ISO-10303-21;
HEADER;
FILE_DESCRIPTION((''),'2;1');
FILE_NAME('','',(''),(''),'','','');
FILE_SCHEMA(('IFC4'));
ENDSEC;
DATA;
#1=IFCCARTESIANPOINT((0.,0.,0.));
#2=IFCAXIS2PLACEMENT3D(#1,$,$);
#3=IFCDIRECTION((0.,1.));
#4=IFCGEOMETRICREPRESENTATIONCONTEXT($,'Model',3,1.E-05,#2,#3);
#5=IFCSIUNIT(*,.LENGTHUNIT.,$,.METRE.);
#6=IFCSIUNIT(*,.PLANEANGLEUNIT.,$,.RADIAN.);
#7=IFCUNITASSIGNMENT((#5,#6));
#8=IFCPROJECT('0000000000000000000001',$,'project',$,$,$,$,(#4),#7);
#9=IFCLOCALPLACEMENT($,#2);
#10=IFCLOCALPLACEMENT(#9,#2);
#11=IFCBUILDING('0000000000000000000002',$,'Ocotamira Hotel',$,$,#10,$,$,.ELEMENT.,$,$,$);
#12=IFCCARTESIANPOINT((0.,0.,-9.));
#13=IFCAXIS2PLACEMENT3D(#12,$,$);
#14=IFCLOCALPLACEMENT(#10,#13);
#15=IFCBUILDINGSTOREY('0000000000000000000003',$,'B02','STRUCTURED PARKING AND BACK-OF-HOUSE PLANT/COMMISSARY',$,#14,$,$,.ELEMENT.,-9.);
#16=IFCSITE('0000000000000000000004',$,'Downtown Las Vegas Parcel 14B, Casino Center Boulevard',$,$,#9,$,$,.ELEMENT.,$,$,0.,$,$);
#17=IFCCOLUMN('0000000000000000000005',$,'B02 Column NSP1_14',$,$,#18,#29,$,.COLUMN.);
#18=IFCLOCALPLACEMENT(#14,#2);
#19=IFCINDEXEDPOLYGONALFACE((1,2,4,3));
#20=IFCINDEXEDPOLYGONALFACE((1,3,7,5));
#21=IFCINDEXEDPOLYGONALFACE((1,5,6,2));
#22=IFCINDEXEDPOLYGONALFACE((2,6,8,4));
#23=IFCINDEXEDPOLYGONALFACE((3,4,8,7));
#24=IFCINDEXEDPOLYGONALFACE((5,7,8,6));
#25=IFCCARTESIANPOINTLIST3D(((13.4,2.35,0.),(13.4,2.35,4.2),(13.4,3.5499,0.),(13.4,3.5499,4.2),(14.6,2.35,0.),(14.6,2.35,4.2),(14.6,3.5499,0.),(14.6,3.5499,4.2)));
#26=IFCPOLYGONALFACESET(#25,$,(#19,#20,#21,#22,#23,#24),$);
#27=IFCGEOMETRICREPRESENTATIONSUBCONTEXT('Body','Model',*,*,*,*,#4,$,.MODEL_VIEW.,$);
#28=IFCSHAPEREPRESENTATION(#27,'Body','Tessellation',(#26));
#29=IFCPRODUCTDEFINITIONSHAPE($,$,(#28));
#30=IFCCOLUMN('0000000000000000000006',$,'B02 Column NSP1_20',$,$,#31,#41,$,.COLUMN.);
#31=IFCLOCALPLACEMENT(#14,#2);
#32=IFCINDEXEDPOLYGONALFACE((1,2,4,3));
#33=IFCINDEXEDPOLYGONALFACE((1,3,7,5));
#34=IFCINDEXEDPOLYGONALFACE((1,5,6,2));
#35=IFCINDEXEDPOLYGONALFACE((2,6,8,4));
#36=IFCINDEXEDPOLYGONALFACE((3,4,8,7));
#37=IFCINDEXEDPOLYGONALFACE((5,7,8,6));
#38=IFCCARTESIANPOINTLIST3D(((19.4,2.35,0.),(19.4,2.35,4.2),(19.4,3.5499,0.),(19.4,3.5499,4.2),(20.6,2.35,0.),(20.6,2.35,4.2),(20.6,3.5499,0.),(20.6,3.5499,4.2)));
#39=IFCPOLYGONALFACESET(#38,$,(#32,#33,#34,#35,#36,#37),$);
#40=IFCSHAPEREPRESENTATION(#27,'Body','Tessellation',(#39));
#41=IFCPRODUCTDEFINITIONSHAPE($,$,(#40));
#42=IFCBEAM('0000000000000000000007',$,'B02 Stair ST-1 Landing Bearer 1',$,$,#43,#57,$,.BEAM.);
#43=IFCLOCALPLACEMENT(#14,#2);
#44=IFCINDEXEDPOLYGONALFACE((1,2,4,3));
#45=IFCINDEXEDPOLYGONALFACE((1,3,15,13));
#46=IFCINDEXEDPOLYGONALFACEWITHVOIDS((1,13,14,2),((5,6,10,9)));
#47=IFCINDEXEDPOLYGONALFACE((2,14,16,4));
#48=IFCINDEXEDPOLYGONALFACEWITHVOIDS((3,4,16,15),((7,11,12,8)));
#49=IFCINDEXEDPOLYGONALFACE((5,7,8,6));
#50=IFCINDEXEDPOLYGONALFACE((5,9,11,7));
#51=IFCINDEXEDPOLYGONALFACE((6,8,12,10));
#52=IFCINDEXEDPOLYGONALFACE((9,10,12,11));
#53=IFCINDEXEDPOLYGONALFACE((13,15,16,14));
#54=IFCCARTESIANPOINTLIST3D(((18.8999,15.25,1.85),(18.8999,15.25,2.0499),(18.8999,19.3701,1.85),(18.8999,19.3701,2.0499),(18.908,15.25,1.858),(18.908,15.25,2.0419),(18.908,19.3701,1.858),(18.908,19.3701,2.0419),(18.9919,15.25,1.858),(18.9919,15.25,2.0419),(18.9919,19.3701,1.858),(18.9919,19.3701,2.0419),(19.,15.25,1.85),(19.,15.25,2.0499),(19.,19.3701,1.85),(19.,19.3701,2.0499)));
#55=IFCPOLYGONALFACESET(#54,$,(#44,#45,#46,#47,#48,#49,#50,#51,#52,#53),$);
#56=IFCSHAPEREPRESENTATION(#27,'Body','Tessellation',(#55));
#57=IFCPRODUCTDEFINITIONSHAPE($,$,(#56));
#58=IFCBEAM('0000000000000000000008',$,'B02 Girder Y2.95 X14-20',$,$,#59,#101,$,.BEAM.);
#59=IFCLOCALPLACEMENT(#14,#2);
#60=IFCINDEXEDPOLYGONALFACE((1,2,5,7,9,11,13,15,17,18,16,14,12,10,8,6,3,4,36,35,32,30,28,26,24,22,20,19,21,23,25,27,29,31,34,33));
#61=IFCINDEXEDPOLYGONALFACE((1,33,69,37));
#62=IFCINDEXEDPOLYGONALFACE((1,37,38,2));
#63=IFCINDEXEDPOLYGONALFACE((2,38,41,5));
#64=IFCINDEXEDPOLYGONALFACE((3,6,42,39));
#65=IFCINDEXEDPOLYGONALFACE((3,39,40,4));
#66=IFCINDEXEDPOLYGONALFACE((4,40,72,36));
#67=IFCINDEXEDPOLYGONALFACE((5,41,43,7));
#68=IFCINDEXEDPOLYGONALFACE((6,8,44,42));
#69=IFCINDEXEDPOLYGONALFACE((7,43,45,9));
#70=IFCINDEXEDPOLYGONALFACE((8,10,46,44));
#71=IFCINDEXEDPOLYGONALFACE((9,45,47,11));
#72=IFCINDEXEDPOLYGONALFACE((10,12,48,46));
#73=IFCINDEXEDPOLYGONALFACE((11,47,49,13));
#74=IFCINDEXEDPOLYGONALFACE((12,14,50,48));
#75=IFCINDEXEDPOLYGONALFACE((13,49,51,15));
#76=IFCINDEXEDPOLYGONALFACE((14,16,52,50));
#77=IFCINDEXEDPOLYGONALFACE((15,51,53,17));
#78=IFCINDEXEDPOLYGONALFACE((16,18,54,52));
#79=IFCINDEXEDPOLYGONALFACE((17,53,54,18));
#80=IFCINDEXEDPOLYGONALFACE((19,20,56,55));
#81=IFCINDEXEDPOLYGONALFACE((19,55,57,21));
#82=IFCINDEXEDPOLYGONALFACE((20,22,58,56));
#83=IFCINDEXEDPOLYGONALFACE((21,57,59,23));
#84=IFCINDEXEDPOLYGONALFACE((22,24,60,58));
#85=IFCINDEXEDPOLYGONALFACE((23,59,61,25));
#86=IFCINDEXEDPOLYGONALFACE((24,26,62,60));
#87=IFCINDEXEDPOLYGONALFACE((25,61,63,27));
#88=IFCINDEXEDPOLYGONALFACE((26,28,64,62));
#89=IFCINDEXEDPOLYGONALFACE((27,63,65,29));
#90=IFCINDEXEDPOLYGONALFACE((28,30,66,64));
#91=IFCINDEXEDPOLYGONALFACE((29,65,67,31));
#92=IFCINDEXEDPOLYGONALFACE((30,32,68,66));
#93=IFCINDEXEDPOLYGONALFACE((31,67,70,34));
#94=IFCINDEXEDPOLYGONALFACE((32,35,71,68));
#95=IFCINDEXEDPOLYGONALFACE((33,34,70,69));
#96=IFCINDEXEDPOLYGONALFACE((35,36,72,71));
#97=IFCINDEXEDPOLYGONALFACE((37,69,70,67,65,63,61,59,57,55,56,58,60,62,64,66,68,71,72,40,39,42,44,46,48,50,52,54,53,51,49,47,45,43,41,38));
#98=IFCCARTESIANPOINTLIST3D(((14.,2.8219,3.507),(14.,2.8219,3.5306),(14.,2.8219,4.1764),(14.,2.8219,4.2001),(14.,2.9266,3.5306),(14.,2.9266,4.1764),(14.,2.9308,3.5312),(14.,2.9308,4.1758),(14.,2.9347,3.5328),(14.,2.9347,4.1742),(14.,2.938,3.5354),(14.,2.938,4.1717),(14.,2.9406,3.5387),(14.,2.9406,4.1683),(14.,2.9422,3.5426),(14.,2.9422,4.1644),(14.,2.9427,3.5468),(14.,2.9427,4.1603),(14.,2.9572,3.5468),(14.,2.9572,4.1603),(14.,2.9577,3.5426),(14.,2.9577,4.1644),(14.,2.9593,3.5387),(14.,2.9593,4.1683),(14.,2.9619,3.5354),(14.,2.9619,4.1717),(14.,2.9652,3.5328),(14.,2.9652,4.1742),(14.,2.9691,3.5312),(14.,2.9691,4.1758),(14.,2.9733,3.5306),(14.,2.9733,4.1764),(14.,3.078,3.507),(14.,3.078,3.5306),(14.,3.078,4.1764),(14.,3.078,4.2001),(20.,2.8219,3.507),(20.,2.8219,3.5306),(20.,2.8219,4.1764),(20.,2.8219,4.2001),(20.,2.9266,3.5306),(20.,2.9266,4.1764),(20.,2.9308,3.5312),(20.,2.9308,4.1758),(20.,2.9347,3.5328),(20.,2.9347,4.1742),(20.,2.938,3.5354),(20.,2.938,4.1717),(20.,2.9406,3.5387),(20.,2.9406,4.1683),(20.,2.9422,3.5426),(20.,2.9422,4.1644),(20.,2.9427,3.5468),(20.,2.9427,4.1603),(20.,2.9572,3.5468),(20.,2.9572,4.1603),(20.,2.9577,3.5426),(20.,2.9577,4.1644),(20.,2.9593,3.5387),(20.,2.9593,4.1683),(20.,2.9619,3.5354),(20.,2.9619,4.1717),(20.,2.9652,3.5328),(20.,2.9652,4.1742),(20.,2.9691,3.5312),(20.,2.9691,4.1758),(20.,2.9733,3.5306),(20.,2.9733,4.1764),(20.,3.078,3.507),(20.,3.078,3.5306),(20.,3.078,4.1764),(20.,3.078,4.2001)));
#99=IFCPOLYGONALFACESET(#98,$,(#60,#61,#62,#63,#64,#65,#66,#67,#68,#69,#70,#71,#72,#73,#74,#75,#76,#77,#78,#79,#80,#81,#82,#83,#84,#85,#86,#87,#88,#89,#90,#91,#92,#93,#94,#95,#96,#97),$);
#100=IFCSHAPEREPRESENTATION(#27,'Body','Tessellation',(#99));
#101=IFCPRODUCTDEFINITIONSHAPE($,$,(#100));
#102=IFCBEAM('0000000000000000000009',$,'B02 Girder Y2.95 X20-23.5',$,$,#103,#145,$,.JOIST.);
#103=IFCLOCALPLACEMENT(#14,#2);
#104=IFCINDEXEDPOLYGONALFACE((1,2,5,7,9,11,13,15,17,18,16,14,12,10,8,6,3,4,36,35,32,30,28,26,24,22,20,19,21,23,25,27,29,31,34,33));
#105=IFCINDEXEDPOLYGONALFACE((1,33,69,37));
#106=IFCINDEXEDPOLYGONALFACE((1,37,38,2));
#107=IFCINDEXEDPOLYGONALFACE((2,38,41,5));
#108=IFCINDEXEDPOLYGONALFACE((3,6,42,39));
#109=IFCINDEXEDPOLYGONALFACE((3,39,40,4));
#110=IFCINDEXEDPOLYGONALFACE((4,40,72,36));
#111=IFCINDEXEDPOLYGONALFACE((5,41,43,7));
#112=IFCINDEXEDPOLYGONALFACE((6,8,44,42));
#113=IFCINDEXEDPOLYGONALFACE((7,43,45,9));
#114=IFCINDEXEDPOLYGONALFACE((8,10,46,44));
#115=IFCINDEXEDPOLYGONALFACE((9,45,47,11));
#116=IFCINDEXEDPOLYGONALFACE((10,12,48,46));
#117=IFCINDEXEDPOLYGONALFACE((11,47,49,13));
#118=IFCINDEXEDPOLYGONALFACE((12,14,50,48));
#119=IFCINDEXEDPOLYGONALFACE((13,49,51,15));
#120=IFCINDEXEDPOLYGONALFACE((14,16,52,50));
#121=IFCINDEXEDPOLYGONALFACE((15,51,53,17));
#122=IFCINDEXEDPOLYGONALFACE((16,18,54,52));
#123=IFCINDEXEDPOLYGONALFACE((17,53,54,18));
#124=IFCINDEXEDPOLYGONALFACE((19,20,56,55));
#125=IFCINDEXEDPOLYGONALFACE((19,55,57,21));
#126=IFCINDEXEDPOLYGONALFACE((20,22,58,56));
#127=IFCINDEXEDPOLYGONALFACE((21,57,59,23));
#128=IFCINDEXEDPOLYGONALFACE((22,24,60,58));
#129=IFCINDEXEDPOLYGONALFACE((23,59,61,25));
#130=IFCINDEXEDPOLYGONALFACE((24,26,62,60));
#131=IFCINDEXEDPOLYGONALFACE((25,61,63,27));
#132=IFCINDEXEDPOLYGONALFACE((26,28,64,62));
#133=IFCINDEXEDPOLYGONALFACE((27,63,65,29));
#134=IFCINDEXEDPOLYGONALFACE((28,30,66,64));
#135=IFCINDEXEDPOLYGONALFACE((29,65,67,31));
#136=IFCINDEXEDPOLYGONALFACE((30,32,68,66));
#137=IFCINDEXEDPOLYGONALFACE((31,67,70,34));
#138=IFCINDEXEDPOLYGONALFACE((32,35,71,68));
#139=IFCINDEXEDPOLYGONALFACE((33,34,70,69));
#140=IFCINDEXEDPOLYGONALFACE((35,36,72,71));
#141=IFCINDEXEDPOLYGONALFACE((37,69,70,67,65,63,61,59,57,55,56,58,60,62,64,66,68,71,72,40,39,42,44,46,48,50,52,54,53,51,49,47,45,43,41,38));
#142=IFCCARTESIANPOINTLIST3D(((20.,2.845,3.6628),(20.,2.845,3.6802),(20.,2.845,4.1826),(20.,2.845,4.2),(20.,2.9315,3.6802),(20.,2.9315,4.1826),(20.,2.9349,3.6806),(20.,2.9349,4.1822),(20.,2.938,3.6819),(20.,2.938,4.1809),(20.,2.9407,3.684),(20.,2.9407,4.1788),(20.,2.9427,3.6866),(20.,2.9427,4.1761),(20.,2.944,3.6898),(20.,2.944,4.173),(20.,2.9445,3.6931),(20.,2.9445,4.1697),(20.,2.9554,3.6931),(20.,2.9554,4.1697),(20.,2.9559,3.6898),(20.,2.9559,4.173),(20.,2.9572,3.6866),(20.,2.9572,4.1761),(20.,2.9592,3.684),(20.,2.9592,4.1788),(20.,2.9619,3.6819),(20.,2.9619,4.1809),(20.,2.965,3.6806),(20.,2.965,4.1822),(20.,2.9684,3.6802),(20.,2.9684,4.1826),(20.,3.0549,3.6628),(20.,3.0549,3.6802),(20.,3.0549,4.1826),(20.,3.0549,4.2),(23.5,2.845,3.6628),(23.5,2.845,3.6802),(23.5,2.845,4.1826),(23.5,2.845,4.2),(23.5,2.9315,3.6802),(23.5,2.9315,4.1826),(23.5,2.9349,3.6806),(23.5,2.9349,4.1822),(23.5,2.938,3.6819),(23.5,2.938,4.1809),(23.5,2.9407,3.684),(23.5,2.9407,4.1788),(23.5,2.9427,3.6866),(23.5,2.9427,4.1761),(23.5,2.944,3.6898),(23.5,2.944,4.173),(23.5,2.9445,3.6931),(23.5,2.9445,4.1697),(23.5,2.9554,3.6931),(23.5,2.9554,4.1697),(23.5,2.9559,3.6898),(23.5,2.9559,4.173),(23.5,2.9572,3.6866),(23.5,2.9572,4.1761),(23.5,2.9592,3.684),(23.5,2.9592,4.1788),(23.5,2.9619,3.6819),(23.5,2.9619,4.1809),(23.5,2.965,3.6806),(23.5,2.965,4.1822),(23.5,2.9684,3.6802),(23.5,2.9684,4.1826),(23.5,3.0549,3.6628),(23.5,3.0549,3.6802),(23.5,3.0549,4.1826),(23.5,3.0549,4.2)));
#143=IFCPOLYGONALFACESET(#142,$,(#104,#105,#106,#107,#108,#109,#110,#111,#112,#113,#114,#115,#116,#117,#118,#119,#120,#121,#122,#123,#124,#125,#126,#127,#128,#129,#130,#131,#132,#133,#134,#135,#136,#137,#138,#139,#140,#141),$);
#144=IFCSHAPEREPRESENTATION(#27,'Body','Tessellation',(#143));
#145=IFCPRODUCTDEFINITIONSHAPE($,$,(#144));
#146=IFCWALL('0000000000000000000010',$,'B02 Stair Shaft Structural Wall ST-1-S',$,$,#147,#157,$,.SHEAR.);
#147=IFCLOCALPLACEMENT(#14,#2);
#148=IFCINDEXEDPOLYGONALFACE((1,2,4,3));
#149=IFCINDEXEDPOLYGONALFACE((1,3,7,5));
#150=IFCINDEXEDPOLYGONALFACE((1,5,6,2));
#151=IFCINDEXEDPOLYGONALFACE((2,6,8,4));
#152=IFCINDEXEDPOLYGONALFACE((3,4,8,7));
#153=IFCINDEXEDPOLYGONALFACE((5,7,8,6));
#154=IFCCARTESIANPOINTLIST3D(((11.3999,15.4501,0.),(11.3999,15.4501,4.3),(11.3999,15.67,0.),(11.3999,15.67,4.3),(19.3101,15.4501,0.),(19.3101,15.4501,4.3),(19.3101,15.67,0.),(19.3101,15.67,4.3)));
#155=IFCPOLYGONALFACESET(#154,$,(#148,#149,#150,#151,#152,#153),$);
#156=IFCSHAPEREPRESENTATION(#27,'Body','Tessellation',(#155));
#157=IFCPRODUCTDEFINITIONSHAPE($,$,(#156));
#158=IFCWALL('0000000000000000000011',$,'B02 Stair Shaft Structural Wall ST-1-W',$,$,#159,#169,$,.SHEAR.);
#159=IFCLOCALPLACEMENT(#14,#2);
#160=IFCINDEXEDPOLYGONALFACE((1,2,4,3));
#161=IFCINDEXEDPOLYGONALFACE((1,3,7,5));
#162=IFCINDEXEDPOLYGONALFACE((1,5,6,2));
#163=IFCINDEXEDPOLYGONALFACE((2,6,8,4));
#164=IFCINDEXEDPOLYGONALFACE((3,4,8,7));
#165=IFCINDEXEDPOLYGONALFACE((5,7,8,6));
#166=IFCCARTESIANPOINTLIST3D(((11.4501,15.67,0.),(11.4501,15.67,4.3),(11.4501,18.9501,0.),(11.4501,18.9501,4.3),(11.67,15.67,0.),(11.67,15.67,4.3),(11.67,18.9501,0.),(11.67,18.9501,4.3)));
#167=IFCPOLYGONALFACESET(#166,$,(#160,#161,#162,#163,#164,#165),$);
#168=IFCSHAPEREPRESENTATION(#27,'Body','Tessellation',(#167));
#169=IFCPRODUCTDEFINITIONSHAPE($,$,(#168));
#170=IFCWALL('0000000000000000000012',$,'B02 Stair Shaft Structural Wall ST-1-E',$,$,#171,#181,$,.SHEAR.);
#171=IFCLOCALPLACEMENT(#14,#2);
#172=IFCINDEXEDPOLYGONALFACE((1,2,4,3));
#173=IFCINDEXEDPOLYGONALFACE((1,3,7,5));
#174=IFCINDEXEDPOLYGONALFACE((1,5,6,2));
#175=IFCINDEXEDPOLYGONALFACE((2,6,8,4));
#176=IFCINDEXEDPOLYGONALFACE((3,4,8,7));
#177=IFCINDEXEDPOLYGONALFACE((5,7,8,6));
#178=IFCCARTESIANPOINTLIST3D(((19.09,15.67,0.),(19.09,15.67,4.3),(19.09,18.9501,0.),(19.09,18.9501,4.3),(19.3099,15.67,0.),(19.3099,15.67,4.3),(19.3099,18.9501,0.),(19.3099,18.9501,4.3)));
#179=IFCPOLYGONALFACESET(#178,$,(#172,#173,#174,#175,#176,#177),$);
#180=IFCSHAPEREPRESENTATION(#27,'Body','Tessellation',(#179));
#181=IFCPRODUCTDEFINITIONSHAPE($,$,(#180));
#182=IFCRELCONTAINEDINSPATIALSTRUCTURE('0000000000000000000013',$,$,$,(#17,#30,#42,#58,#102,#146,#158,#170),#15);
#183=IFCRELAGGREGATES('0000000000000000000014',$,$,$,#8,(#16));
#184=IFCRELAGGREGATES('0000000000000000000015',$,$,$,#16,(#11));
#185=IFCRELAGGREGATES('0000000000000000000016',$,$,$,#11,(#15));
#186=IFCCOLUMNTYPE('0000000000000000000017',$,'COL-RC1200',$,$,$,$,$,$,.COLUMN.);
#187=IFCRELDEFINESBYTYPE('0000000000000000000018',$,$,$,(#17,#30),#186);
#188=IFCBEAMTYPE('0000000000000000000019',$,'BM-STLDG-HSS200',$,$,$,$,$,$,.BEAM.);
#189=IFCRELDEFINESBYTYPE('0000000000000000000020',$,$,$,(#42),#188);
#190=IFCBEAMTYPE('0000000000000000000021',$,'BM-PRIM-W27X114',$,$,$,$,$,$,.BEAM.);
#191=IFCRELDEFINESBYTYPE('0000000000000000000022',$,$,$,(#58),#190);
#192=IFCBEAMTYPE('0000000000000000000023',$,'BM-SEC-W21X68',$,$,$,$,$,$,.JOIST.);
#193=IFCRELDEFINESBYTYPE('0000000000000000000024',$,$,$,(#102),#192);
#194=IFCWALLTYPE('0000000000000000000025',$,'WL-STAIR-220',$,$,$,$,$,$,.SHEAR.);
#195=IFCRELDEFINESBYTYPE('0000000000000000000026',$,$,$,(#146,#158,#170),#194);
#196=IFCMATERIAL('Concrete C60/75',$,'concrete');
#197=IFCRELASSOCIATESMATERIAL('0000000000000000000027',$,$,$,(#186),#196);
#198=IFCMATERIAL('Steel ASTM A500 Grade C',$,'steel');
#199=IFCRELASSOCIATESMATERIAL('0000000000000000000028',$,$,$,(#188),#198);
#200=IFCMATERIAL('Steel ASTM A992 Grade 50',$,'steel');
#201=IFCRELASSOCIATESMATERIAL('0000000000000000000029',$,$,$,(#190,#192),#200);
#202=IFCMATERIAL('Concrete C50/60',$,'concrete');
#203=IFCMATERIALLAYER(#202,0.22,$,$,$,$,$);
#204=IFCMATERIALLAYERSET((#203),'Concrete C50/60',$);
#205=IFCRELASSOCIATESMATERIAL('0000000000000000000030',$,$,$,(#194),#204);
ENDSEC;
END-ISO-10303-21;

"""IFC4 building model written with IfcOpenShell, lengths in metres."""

from ifc_helpers import new_model, si_unit, direction, frame, frame_2d, origin, origin_2d, place, context, subcontext, project, spatial, rectangle, hollow_rectangle, i_section, extrude, source, transform, mapped, material, layer, layer_set, material_profile, profile_set, type_object, element, save


model = new_model("IFC4")

# Units and contexts
model_context = context("Model", 3, precision=1e-05, world=origin(), true_north=direction((0.0, 1.0)))
body_context = subcontext(model_context, "Body", "Model", "MODEL_VIEW")
ifc_project = project(units=[si_unit("LENGTHUNIT", "METRE"), si_unit("PLANEANGLEUNIT", "RADIAN")], contexts=[model_context])

# Site, building, storey
site_placement = place(None, origin())
site = spatial("IfcSite", under=ifc_project, at=site_placement, Name="Downtown Las Vegas Parcel 14B, Casino Center Boulevard", CompositionType="ELEMENT", RefElevation=0.0)
building_placement = place(site_placement, origin())
building = spatial("IfcBuilding", under=site, at=building_placement, Name="Ocotamira Hotel", CompositionType="ELEMENT")
storey_placement = place(building_placement, frame((0.0, 0.0, -9.0)))
storey = spatial("IfcBuildingStorey", under=building, at=storey_placement, Name="B02", Description="STRUCTURED PARKING AND BACK-OF-HOUSE PLANT/COMMISSARY", CompositionType="ELEMENT", Elevation=-9.0)

# Shared definitions
ifc_material_1 = material(Name="Concrete C50/60", Category="concrete")

# Columns
ifc_material_2 = material(Name="Concrete C60/75", Category="concrete")
ifc_material_profile_1 = material_profile(ifc_material_2, rectangle(XDim=1.2, YDim=1.2, at=origin_2d()), Name="RC1200X1200")
ifc_profile_set_1 = profile_set([ifc_material_profile_1], Name="Concrete C60/75")
column_type = type_object("IfcColumnType", Name="COL-RC1200", PredefinedType="COLUMN", material=ifc_profile_set_1)
shared_shape_1 = source(origin(), body_context, "Body", "SweptSolid", [
    extrude(rectangle(XDim=1.2, YDim=1.2, at=origin_2d()), origin(), (0.0, 0.0, 1.0), 4.2),
])
for number, where, z_axis, x_axis, name in (
    (1, (14.0, 2.95, 0.0), (0.0, 0.0, 1.0), (1.0, 0.0, 0.0), "B02 Column NSP1_14"),
    (2, (20.0, 2.95, 0.0), (0.0, 0.0, 1.0), (1.0, 0.0, 0.0), "B02 Column NSP1_20"),
):
    element("IfcColumn", number, at=place(storey_placement, frame(where, z_axis=z_axis, x_axis=x_axis)), inside=storey, type_object=column_type, Name=name, PredefinedType="COLUMN", context=body_context, shape_type="MappedRepresentation", body=[
        mapped(shared_shape_1, transform((0.0, 0.0, 0.0), scale=1.0)),
    ])

# Beams
ifc_material_3 = material(Name="Steel ASTM A500 Grade C", Category="steel")
ifc_material_profile_2 = material_profile(ifc_material_3, hollow_rectangle(XDim=0.1001, YDim=0.2, WallThickness=0.0081, at=origin_2d()), Name="HSS200X100X8")
ifc_profile_set_2 = profile_set([ifc_material_profile_2], Name="Steel ASTM A500 Grade C")
beam_type_1 = type_object("IfcBeamType", Name="BM-STLDG-HSS200", PredefinedType="BEAM", material=ifc_profile_set_2)
shared_shape_2 = source(origin(), body_context, "Body", "SweptSolid", [
    extrude(hollow_rectangle(XDim=0.1001, YDim=0.2, WallThickness=0.0081, at=origin_2d()), origin(), (0.0, 0.0, 1.0), 4.1201),
])
beam_1_placement = place(storey_placement, frame((18.95, 15.25, 1.95), z_axis=(0.0, 1.0, 0.0), x_axis=(-1.0, 0.0, 0.0)))
element("IfcBeam", 3, at=beam_1_placement, inside=storey, type_object=beam_type_1, Name="B02 Stair ST-1 Landing Bearer 1", PredefinedType="BEAM", context=body_context, shape_type="MappedRepresentation", body=[
    mapped(shared_shape_2, transform((0.0, 0.0, 0.0), scale=1.0)),
])
ifc_material_4 = material(Name="Steel ASTM A992 Grade 50", Category="steel")
ifc_material_profile_3 = material_profile(ifc_material_4, i_section(OverallWidth=0.2561, OverallDepth=0.6931, WebThickness=0.0144, FlangeThickness=0.0237, FilletRadius=0.0161, at=origin_2d()), Name="W27X114")
ifc_profile_set_3 = profile_set([ifc_material_profile_3], Name="Steel ASTM A992 Grade 50")
beam_type_2 = type_object("IfcBeamType", Name="BM-PRIM-W27X114", PredefinedType="BEAM", material=ifc_profile_set_3)
shared_shape_3 = source(origin(), body_context, "Body", "SweptSolid", [
    extrude(i_section(OverallWidth=0.2561, OverallDepth=0.6931, WebThickness=0.0144, FlangeThickness=0.0237, FilletRadius=0.0161, at=origin_2d()), origin(), (0.0, 0.0, 1.0), 6.0),
])
beam_2_placement = place(storey_placement, frame((14.0, 2.95, 3.8535), z_axis=(1.0, 0.0, 0.0), x_axis=(0.0, 1.0, 0.0)))
element("IfcBeam", 4, at=beam_2_placement, inside=storey, type_object=beam_type_2, Name="B02 Girder Y2.95 X14-20", PredefinedType="BEAM", context=body_context, shape_type="MappedRepresentation", body=[
    mapped(shared_shape_3, transform((0.0, 0.0, 0.0), scale=1.0)),
])
ifc_material_profile_4 = material_profile(ifc_material_4, i_section(OverallWidth=0.21, OverallDepth=0.5371, WebThickness=0.011, FlangeThickness=0.0173, FilletRadius=0.0129, at=origin_2d()), Name="W21X68")
ifc_profile_set_4 = profile_set([ifc_material_profile_4], Name="Steel ASTM A992 Grade 50")
beam_type_3 = type_object("IfcBeamType", Name="BM-SEC-W21X68", PredefinedType="JOIST", material=ifc_profile_set_4)
shared_shape_4 = source(origin(), body_context, "Body", "SweptSolid", [
    extrude(i_section(OverallWidth=0.21, OverallDepth=0.5371, WebThickness=0.011, FlangeThickness=0.0173, FilletRadius=0.0129, at=origin_2d()), origin(), (0.0, 0.0, 1.0), 3.5),
])
beam_3_placement = place(storey_placement, frame((20.0, 2.95, 3.9314), z_axis=(1.0, 0.0, 0.0), x_axis=(0.0, 1.0, 0.0)))
element("IfcBeam", 5, at=beam_3_placement, inside=storey, type_object=beam_type_3, Name="B02 Girder Y2.95 X20-23.5", PredefinedType="JOIST", context=body_context, shape_type="MappedRepresentation", body=[
    mapped(shared_shape_4, transform((0.0, 0.0, 0.0), scale=1.0)),
])

# Walls
ifc_layer = layer(ifc_material_1, 0.22)
ifc_layer_set = layer_set([ifc_layer], Name="Concrete C50/60")
wall_type = type_object("IfcWallType", Name="WL-STAIR-220", PredefinedType="SHEAR", material=ifc_layer_set)
wall_placement = place(storey_placement, frame((11.3999, 15.5601, 0.0), z_axis=(0.0, 0.0, 1.0), x_axis=(1.0, 0.0, 0.0)))
element("IfcWall", 6, at=wall_placement, inside=storey, type_object=wall_type, Name="B02 Stair Shaft Structural Wall ST-1-S", PredefinedType="SHEAR", context=body_context, shape_type="SweptSolid", body=[
    extrude(rectangle(XDim=7.9102, YDim=0.22, at=frame_2d((3.9551, 0.0))), origin(), (0.0, 0.0, 1.0), 4.3),
])
for number, where, z_axis, x_axis, name in (
    (7, (11.5601, 15.6699, 0.0), (0.0, 0.0, 1.0), (0.0, 1.0, 0.0), "B02 Stair Shaft Structural Wall ST-1-W"),
    (8, (19.2, 15.6699, 0.0), (0.0, 0.0, 1.0), (0.0, 1.0, 0.0), "B02 Stair Shaft Structural Wall ST-1-E"),
):
    element("IfcWall", number, at=place(storey_placement, frame(where, z_axis=z_axis, x_axis=x_axis)), inside=storey, type_object=wall_type, Name=name, PredefinedType="SHEAR", context=body_context, shape_type="SweptSolid", body=[
        extrude(rectangle(XDim=3.28, YDim=0.22, at=frame_2d((1.6401, 0.0))), origin(), (0.0, 0.0, 1.0), 4.3),
    ])

save(model, "model.ifc")
